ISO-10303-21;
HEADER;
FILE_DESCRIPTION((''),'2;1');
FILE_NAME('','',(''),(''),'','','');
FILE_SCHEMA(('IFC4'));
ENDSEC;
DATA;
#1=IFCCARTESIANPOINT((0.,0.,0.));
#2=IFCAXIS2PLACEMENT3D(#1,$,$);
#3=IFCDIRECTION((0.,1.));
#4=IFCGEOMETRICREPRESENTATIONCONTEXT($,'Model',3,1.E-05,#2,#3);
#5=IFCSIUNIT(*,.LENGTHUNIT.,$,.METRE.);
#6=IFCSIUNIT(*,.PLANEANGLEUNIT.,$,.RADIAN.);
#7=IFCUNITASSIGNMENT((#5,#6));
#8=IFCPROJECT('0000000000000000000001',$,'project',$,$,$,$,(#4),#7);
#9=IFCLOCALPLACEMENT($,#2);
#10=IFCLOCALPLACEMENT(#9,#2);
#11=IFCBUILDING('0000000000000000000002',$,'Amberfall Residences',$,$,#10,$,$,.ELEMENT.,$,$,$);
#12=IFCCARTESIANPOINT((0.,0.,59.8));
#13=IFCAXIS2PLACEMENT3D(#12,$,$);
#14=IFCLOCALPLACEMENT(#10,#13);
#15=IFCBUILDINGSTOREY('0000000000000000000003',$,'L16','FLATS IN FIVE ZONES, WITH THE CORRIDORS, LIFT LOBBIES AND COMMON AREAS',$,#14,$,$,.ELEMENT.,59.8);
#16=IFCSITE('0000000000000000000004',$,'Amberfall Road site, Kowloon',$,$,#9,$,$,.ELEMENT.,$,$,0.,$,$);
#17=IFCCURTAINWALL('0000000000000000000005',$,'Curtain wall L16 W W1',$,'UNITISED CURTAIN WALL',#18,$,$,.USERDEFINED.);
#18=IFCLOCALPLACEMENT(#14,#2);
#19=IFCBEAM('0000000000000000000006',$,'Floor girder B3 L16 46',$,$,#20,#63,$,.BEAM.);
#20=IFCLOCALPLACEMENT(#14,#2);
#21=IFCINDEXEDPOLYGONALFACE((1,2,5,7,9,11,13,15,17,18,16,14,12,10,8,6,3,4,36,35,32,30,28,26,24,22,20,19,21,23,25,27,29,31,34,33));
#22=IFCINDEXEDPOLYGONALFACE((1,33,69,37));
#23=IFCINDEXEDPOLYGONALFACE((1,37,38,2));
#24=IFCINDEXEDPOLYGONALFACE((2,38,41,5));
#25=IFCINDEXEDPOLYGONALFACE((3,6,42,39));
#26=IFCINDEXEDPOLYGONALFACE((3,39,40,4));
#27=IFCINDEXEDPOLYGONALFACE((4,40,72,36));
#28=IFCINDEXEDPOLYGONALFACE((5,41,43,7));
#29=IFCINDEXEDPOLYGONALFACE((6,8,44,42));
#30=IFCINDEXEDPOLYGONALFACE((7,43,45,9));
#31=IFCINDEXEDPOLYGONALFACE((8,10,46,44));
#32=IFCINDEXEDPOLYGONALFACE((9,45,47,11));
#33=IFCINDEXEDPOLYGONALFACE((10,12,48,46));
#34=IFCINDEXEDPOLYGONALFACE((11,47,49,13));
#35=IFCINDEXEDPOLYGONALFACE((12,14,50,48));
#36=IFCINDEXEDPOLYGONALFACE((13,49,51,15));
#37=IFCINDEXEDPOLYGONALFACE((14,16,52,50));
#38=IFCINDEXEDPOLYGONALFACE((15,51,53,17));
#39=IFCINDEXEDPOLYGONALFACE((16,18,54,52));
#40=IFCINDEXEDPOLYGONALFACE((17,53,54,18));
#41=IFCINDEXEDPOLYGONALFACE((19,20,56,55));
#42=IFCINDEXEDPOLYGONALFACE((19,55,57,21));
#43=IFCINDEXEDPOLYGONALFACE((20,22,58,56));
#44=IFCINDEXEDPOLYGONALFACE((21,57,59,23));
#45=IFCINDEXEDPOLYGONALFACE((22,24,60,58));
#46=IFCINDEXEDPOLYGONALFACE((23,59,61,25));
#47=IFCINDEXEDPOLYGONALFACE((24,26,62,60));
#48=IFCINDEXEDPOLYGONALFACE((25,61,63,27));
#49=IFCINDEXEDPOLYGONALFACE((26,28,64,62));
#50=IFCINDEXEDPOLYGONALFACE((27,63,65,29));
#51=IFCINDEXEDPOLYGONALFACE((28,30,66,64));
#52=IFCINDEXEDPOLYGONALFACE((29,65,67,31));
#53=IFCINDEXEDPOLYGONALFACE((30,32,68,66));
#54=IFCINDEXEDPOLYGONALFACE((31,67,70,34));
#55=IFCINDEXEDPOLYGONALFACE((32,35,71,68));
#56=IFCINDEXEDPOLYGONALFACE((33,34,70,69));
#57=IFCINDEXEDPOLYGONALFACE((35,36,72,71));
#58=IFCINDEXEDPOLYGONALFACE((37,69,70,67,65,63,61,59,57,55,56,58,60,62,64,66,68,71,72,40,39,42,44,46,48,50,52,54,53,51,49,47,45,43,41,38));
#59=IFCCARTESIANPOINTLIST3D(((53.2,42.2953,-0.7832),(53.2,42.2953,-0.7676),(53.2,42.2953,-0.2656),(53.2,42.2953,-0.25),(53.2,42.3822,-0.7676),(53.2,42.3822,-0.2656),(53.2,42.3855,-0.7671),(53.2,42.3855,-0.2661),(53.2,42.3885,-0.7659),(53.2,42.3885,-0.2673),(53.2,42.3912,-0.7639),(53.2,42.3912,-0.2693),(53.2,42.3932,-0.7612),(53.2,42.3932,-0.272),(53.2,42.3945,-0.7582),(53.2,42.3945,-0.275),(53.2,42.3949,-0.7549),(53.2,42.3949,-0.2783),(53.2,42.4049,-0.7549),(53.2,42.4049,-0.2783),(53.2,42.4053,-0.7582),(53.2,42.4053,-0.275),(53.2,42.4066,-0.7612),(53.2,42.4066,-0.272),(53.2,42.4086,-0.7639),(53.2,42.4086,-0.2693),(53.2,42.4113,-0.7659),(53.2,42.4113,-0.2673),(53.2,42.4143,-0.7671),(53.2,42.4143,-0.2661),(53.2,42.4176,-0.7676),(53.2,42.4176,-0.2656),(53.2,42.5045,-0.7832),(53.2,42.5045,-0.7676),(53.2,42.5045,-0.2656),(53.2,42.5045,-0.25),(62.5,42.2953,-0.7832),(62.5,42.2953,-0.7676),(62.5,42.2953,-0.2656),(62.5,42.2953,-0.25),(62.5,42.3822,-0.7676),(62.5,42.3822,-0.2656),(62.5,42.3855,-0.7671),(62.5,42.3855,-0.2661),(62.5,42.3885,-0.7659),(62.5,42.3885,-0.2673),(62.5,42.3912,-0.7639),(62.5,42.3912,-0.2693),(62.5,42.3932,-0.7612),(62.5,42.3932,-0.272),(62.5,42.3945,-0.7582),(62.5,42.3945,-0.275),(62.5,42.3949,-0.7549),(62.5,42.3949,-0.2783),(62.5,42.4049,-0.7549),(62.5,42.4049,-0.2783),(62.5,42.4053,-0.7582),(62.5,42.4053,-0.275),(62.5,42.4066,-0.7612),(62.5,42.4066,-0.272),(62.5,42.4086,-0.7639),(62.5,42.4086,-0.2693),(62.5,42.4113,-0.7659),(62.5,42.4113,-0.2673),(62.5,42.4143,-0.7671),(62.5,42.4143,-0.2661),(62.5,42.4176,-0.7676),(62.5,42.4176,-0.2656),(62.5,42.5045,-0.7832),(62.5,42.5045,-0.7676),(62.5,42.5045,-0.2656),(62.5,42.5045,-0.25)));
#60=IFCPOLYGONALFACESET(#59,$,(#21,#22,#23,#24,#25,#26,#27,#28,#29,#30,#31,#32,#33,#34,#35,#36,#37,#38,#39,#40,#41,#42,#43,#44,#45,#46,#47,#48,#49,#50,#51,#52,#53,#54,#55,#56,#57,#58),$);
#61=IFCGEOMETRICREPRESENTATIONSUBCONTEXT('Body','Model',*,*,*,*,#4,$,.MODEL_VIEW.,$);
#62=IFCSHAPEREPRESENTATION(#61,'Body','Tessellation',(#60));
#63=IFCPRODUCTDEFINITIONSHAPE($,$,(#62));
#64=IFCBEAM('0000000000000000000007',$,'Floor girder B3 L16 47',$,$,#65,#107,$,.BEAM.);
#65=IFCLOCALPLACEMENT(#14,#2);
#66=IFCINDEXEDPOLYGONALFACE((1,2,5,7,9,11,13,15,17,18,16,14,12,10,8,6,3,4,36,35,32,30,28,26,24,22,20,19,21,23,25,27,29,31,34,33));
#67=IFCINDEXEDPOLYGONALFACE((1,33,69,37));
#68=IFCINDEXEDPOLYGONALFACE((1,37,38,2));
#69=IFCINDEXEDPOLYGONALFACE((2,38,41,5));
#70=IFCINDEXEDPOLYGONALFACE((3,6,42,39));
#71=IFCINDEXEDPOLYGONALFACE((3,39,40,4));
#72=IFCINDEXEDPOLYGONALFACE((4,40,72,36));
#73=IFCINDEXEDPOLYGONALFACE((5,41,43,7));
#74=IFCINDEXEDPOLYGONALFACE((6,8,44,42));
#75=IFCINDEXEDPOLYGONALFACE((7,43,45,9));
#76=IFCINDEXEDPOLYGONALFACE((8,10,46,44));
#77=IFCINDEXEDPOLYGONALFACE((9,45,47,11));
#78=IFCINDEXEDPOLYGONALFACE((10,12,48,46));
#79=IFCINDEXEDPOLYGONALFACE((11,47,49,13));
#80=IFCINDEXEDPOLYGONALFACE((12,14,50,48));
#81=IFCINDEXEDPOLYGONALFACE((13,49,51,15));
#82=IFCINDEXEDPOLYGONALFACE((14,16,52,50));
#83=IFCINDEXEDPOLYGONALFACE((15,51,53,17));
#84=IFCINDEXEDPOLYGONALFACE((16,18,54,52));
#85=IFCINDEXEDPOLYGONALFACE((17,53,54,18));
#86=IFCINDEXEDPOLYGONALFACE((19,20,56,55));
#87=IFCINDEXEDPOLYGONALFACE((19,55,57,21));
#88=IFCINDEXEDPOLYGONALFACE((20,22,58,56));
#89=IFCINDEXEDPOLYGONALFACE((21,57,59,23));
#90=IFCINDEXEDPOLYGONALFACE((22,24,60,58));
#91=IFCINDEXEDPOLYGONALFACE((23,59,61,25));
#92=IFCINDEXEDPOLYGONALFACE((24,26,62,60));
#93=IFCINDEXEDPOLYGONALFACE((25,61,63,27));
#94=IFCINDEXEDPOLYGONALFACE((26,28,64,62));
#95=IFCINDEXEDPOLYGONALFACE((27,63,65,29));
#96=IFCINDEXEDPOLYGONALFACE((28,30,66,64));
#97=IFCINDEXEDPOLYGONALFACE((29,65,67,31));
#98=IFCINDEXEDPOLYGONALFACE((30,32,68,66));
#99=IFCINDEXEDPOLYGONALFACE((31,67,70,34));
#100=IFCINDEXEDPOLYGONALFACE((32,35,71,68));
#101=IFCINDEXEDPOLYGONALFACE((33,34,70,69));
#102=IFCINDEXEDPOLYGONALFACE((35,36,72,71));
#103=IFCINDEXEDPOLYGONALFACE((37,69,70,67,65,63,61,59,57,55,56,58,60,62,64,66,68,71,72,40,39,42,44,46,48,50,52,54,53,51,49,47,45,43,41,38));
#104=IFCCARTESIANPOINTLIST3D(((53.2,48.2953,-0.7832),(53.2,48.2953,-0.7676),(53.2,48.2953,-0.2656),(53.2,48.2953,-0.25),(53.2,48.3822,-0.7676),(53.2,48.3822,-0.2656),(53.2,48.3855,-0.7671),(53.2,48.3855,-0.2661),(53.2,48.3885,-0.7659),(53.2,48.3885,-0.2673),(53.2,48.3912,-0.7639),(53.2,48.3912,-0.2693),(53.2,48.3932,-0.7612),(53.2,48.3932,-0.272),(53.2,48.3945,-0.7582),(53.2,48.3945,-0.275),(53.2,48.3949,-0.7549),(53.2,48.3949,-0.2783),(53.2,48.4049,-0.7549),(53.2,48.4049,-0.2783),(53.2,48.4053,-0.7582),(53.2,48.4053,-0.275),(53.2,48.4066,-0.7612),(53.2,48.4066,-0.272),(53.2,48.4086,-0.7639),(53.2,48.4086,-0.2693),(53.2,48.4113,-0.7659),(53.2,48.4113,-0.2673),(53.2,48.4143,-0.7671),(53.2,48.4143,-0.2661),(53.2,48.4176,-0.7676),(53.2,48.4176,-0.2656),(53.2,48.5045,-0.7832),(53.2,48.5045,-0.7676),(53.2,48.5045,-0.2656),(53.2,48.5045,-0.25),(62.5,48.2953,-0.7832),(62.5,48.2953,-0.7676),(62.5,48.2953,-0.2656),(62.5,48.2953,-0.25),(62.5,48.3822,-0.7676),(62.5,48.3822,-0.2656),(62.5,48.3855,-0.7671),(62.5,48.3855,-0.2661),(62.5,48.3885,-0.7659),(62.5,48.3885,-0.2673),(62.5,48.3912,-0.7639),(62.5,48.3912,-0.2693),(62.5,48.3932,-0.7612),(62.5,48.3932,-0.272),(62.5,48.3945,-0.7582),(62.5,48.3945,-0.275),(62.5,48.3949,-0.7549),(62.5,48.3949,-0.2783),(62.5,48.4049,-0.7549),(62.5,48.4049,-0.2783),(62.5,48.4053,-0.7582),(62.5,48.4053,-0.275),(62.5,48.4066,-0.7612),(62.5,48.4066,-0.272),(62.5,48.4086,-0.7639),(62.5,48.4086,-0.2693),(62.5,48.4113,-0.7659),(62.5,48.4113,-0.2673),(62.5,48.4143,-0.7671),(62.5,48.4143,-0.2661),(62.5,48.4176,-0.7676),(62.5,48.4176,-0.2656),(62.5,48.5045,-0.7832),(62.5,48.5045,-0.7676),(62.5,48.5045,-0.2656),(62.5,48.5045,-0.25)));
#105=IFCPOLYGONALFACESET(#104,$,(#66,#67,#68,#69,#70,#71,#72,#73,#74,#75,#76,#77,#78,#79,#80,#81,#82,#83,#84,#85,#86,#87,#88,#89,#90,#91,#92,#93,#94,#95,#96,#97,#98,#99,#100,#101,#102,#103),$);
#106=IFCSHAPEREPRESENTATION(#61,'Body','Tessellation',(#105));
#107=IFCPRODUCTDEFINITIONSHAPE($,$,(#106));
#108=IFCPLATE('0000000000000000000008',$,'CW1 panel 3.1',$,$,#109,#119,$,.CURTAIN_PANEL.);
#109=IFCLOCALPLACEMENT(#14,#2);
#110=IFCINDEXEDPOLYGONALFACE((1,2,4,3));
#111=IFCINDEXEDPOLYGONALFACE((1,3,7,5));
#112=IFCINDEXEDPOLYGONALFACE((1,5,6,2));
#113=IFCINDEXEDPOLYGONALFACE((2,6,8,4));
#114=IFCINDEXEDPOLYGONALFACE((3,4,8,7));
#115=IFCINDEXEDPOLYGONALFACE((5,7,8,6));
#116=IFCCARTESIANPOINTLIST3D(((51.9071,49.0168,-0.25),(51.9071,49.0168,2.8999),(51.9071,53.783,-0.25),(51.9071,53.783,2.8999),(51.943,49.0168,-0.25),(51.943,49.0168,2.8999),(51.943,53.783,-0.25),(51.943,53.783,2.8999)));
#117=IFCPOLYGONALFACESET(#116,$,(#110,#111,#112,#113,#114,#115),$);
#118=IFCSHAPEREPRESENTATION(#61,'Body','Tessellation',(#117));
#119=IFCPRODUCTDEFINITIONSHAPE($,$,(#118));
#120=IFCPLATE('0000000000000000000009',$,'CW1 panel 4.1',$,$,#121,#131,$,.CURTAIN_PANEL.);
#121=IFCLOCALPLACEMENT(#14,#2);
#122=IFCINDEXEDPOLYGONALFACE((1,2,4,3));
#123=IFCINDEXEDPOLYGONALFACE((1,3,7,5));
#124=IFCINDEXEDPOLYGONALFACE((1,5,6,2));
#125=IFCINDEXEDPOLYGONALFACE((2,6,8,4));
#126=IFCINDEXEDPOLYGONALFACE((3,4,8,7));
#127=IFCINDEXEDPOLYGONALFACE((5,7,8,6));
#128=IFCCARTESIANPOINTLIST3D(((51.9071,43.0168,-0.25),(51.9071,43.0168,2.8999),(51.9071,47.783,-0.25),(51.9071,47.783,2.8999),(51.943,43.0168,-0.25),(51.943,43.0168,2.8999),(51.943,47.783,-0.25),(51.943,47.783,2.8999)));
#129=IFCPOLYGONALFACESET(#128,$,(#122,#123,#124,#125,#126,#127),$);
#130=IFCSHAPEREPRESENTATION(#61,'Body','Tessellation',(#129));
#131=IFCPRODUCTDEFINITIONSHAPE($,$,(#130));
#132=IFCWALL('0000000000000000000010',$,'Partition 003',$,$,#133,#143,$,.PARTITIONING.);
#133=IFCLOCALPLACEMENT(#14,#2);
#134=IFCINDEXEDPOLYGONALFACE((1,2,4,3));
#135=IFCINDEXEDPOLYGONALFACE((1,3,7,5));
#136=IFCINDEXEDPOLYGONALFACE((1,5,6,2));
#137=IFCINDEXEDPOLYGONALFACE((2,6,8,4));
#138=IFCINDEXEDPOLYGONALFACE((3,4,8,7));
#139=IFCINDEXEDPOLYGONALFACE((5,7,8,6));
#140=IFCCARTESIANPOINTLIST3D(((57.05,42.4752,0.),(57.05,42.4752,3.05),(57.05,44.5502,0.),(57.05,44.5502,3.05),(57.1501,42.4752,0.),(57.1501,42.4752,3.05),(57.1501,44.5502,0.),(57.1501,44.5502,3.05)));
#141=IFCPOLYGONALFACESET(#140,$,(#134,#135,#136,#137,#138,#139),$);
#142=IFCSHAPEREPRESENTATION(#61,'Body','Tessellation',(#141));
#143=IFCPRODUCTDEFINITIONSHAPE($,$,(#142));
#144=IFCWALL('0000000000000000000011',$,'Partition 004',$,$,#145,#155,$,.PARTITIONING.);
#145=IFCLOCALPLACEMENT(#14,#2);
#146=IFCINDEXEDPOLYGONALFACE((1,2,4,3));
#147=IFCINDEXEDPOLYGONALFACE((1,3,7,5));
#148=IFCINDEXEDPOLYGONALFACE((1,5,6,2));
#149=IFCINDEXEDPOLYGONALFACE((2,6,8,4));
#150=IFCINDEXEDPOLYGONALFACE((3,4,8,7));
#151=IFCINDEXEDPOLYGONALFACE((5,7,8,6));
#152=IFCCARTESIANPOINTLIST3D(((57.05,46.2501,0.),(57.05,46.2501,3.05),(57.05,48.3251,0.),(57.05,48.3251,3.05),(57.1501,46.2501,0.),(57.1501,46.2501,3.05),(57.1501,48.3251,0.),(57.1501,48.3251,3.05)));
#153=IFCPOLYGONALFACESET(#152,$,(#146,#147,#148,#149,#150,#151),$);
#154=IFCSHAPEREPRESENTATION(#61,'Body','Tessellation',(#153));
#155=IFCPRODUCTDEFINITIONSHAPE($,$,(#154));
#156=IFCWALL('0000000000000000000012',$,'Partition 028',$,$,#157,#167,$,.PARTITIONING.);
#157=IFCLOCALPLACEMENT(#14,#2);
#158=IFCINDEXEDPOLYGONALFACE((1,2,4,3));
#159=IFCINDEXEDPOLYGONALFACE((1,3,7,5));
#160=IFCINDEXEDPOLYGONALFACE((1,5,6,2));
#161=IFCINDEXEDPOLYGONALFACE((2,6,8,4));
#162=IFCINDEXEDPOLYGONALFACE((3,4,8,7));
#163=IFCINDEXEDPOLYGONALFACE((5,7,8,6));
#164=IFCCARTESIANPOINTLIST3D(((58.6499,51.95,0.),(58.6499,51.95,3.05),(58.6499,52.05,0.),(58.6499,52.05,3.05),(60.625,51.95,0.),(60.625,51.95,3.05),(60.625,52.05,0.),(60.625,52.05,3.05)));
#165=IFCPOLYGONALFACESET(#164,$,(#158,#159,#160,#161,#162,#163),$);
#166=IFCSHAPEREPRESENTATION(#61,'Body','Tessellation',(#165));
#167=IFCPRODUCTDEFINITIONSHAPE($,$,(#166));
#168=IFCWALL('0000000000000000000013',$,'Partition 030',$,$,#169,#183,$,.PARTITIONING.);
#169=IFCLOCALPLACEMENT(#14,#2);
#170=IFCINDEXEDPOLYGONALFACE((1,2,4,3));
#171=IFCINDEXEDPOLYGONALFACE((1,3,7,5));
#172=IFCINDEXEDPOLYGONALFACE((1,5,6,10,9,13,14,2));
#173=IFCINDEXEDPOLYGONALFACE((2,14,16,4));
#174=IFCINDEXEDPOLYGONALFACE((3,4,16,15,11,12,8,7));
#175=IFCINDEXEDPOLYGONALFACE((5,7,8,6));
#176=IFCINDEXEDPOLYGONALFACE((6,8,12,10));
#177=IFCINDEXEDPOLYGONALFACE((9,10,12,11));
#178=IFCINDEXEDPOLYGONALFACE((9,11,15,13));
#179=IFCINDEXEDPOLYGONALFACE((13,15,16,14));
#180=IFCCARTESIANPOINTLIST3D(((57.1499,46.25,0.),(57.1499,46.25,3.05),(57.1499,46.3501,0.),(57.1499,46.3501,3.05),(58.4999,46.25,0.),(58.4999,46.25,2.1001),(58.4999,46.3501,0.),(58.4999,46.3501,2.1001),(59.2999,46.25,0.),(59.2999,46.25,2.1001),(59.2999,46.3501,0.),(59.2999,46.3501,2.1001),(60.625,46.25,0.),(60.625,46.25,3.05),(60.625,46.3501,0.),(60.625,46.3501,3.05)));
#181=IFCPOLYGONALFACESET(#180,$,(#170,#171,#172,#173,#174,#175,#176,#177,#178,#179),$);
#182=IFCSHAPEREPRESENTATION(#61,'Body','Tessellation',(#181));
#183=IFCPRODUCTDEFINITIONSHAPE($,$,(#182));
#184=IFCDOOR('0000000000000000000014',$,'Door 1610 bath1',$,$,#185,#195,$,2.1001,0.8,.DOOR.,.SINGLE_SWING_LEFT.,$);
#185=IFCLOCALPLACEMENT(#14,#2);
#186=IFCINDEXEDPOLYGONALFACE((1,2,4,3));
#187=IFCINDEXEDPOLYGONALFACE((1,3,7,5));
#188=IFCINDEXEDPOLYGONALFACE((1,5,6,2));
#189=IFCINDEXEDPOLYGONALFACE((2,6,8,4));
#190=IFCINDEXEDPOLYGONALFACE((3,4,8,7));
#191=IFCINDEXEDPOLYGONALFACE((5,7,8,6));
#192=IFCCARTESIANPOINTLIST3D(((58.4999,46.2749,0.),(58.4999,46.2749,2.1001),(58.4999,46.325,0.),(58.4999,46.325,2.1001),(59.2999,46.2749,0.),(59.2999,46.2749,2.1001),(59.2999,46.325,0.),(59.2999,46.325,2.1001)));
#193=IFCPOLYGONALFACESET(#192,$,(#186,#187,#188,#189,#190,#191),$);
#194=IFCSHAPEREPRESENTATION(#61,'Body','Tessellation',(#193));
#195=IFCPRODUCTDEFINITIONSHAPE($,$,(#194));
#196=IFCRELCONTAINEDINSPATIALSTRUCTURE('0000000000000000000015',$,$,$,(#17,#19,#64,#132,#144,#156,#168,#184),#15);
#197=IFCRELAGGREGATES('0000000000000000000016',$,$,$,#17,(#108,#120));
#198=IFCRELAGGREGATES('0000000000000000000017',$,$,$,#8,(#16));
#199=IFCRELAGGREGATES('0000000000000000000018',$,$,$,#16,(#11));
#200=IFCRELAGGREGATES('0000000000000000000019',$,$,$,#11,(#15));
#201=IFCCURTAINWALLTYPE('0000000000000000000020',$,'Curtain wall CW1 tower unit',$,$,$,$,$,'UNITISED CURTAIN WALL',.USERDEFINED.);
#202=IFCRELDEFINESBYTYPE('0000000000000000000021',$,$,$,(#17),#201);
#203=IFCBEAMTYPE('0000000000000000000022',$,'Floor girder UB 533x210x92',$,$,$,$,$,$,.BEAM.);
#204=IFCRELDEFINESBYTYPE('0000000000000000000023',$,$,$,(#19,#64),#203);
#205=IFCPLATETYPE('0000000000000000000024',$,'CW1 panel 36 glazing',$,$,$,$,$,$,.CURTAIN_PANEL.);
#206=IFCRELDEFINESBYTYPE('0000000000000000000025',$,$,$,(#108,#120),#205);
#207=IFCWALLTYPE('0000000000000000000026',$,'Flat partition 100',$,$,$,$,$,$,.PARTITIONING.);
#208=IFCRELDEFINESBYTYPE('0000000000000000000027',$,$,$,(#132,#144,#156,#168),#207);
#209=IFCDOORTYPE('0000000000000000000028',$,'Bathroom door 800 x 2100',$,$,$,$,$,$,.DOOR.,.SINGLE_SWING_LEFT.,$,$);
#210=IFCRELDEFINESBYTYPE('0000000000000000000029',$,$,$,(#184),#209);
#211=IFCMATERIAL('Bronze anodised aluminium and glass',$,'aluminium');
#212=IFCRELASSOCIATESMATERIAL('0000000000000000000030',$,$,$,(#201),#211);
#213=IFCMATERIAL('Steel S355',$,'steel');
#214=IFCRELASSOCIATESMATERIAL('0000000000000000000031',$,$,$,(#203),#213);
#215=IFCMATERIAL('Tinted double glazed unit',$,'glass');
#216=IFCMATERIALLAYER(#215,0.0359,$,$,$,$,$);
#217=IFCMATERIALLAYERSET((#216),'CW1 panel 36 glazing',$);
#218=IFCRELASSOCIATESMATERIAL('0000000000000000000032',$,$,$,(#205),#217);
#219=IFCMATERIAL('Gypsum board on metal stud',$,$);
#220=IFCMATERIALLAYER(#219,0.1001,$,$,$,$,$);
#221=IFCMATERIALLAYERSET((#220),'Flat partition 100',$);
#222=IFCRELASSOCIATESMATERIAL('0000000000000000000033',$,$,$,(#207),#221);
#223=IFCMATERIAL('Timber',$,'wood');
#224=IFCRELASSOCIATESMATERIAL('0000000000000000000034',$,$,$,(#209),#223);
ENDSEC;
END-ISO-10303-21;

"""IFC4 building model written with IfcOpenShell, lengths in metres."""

from ifc_helpers import new_model, si_unit, direction, frame, frame_2d, origin, origin_2d, place, context, subcontext, project, spatial, rectangle, i_section, extrude, material, layer, layer_set, material_profile, profile_set, type_object, element, fill, aggregate, save


model = new_model("IFC4")

# Units and contexts
model_context = context("Model", 3, precision=1e-05, world=origin(), true_north=direction((0.0, 1.0)))
body_context = subcontext(model_context, "Body", "Model", "MODEL_VIEW")
ifc_project = project(units=[si_unit("LENGTHUNIT", "METRE"), si_unit("PLANEANGLEUNIT", "RADIAN")], contexts=[model_context])

# Site, building, storey
site_placement = place(None, origin())
site = spatial("IfcSite", under=ifc_project, at=site_placement, Name="Amberfall Road site, Kowloon", CompositionType="ELEMENT", RefElevation=0.0)
building_placement = place(site_placement, origin())
building = spatial("IfcBuilding", under=site, at=building_placement, Name="Amberfall Residences", CompositionType="ELEMENT")
storey_placement = place(building_placement, frame((0.0, 0.0, 59.8)))
storey = spatial("IfcBuildingStorey", under=building, at=storey_placement, Name="L16", Description="FLATS IN FIVE ZONES, WITH THE CORRIDORS, LIFT LOBBIES AND COMMON AREAS", CompositionType="ELEMENT", Elevation=59.8)

# Curtain wall
ifc_material_1 = material(Name="Bronze anodised aluminium and glass", Category="aluminium")
curtain_wall_type = type_object("IfcCurtainWallType", Name="Curtain wall CW1 tower unit", ElementType="UNITISED CURTAIN WALL", PredefinedType="USERDEFINED", material=ifc_material_1)
curtain_wall_placement = place(storey_placement, origin())
curtain_wall = element("IfcCurtainWall", 1, at=curtain_wall_placement, inside=storey, type_object=curtain_wall_type, Name="Curtain wall L16 W W1", ObjectType="UNITISED CURTAIN WALL", PredefinedType="USERDEFINED")

# Shared definitions
ifc_material_2 = material(Name="Steel S355", Category="steel")

# Beams
ifc_material_profile_1 = material_profile(ifc_material_2, i_section(OverallWidth=0.2092, OverallDepth=0.5332, WebThickness=0.01, FlangeThickness=0.0156, FilletRadius=0.0127, at=origin_2d()), Name="UB 533x210x92")
ifc_profile_set_1 = profile_set([ifc_material_profile_1], Name="Steel S355")
beam_type_1 = type_object("IfcBeamType", Name="Floor girder UB 533x210x92", PredefinedType="BEAM", material=ifc_profile_set_1)
for number, where, z_axis, x_axis, name in (
    (2, (53.2, 42.3999, -0.5166), (1.0, 0.0, 0.0), (0.0, 1.0, 0.0), "Floor girder B3 L16 46"),
    (3, (53.2, 48.3999, -0.5166), (1.0, 0.0, 0.0), (0.0, 1.0, 0.0), "Floor girder B3 L16 47"),
):
    element("IfcBeam", number, at=place(storey_placement, frame(where, z_axis=z_axis, x_axis=x_axis)), inside=storey, type_object=beam_type_1, Name=name, PredefinedType="BEAM", context=body_context, shape_type="SweptSolid", body=[
        extrude(i_section(OverallWidth=0.2092, OverallDepth=0.5332, WebThickness=0.01, FlangeThickness=0.0156, FilletRadius=0.0127, at=origin_2d()), origin(), (0.0, 0.0, 1.0), 9.3),
    ])

# Plates
ifc_material_3 = material(Name="Tinted double glazed unit", Category="glass")
ifc_layer_1 = layer(ifc_material_3, 0.0359)
ifc_layer_set_1 = layer_set([ifc_layer_1], Name="CW1 panel 36 glazing")
plate_type = type_object("IfcPlateType", Name="CW1 panel 36 glazing", PredefinedType="CURTAIN_PANEL", material=ifc_layer_set_1)
plate_1_placement = place(storey_placement, frame((51.925, 51.3999, -0.25), z_axis=(0.0, 0.0, 1.0), x_axis=(0.0, -1.0, 0.0)))
plate_1 = element("IfcPlate", 4, at=plate_1_placement, type_object=plate_type, Name="CW1 panel 3.1", PredefinedType="CURTAIN_PANEL", context=body_context, shape_type="SweptSolid", body=[
    extrude(rectangle(XDim=4.7661, YDim=0.0359, at=origin_2d()), origin(), (0.0, 0.0, 1.0), 3.1499),
])
plate_2_placement = place(storey_placement, frame((51.925, 45.3999, -0.25), z_axis=(0.0, 0.0, 1.0), x_axis=(0.0, -1.0, 0.0)))
plate_2 = element("IfcPlate", 5, at=plate_2_placement, type_object=plate_type, Name="CW1 panel 4.1", PredefinedType="CURTAIN_PANEL", context=body_context, shape_type="SweptSolid", body=[
    extrude(rectangle(XDim=4.7661, YDim=0.0359, at=origin_2d()), origin(), (0.0, 0.0, 1.0), 3.1499),
])
aggregate(curtain_wall, [plate_1, plate_2])

# Walls
ifc_material_4 = material(Name="Gypsum board on metal stud")
ifc_layer_2 = layer(ifc_material_4, 0.1001)
ifc_layer_set_2 = layer_set([ifc_layer_2], Name="Flat partition 100")
wall_type_1 = type_object("IfcWallType", Name="Flat partition 100", PredefinedType="PARTITIONING", material=ifc_layer_set_2)
for number, where, z_axis, x_axis, name in (
    (6, (57.1001, 42.4751, 0.0), (0.0, 0.0, 1.0), (0.0, 1.0, 0.0), "Partition 003"),
    (7, (57.1001, 46.25, 0.0), (0.0, 0.0, 1.0), (0.0, 1.0, 0.0), "Partition 004"),
):
    element("IfcWall", number, at=place(storey_placement, frame(where, z_axis=z_axis, x_axis=x_axis)), inside=storey, type_object=wall_type_1, Name=name, PredefinedType="PARTITIONING", context=body_context, shape_type="SweptSolid", body=[
        extrude(rectangle(XDim=2.075, YDim=0.1001, at=frame_2d((1.0376, 0.0))), origin(), (0.0, 0.0, 1.0), 3.05),
    ])
wall_1_placement = place(storey_placement, frame((58.6499, 52.0, 0.0), z_axis=(0.0, 0.0, 1.0), x_axis=(1.0, 0.0, 0.0)))
element("IfcWall", 8, at=wall_1_placement, inside=storey, type_object=wall_type_1, Name="Partition 028", PredefinedType="PARTITIONING", context=body_context, shape_type="SweptSolid", body=[
    extrude(rectangle(XDim=1.9751, YDim=0.1001, at=frame_2d((0.9875, 0.0))), origin(), (0.0, 0.0, 1.0), 3.05),
])

# Wall, opening, door
wall_2_placement = place(storey_placement, frame((57.1499, 46.3, 0.0), z_axis=(0.0, 0.0, 1.0), x_axis=(1.0, 0.0, 0.0)))
wall_2 = element("IfcWall", 9, at=wall_2_placement, inside=storey, type_object=wall_type_1, Name="Partition 030", PredefinedType="PARTITIONING", context=body_context, shape_type="SweptSolid", body=[
    extrude(rectangle(XDim=3.4751, YDim=0.1001, at=frame_2d((1.7375, 0.0))), origin(), (0.0, 0.0, 1.0), 3.05),
])
opening_placement = place(wall_2_placement, frame((1.3501, 0.0, 0.0)))
opening = element("IfcOpeningElement", 10, at=opening_placement, cuts=wall_2, PredefinedType="OPENING", context=body_context, shape_type="SweptSolid", body=[
    extrude(rectangle(XDim=0.8, YDim=2.1001, at=frame_2d((0.3999, 1.05))), frame((0.0, 0.0601, 0.0), z_axis=(0.0, -1.0, 0.0), x_axis=(1.0, 0.0, 0.0)), (0.0, 0.0, 1.0), 0.1201),
])
ifc_material_5 = material(Name="Timber", Category="wood")
door_type = type_object("IfcDoorType", Name="Bathroom door 800 x 2100", OperationType="SINGLE_SWING_LEFT", PredefinedType="DOOR", material=ifc_material_5)
door_placement = place(opening_placement, origin())
door = element("IfcDoor", 11, at=door_placement, inside=storey, type_object=door_type, Name="Door 1610 bath1", OperationType="SINGLE_SWING_LEFT", OverallHeight=2.1001, OverallWidth=0.8, PredefinedType="DOOR", context=body_context, shape_type="SweptSolid", body=[
    extrude(rectangle(XDim=0.8, YDim=2.1001, at=frame_2d((0.3999, 1.05))), frame((0.0, 0.0249, 0.0), z_axis=(0.0, -1.0, 0.0), x_axis=(1.0, 0.0, 0.0)), (0.0, 0.0, 1.0), 0.05),
])
fill(opening, door)

save(model, "model.ifc")
